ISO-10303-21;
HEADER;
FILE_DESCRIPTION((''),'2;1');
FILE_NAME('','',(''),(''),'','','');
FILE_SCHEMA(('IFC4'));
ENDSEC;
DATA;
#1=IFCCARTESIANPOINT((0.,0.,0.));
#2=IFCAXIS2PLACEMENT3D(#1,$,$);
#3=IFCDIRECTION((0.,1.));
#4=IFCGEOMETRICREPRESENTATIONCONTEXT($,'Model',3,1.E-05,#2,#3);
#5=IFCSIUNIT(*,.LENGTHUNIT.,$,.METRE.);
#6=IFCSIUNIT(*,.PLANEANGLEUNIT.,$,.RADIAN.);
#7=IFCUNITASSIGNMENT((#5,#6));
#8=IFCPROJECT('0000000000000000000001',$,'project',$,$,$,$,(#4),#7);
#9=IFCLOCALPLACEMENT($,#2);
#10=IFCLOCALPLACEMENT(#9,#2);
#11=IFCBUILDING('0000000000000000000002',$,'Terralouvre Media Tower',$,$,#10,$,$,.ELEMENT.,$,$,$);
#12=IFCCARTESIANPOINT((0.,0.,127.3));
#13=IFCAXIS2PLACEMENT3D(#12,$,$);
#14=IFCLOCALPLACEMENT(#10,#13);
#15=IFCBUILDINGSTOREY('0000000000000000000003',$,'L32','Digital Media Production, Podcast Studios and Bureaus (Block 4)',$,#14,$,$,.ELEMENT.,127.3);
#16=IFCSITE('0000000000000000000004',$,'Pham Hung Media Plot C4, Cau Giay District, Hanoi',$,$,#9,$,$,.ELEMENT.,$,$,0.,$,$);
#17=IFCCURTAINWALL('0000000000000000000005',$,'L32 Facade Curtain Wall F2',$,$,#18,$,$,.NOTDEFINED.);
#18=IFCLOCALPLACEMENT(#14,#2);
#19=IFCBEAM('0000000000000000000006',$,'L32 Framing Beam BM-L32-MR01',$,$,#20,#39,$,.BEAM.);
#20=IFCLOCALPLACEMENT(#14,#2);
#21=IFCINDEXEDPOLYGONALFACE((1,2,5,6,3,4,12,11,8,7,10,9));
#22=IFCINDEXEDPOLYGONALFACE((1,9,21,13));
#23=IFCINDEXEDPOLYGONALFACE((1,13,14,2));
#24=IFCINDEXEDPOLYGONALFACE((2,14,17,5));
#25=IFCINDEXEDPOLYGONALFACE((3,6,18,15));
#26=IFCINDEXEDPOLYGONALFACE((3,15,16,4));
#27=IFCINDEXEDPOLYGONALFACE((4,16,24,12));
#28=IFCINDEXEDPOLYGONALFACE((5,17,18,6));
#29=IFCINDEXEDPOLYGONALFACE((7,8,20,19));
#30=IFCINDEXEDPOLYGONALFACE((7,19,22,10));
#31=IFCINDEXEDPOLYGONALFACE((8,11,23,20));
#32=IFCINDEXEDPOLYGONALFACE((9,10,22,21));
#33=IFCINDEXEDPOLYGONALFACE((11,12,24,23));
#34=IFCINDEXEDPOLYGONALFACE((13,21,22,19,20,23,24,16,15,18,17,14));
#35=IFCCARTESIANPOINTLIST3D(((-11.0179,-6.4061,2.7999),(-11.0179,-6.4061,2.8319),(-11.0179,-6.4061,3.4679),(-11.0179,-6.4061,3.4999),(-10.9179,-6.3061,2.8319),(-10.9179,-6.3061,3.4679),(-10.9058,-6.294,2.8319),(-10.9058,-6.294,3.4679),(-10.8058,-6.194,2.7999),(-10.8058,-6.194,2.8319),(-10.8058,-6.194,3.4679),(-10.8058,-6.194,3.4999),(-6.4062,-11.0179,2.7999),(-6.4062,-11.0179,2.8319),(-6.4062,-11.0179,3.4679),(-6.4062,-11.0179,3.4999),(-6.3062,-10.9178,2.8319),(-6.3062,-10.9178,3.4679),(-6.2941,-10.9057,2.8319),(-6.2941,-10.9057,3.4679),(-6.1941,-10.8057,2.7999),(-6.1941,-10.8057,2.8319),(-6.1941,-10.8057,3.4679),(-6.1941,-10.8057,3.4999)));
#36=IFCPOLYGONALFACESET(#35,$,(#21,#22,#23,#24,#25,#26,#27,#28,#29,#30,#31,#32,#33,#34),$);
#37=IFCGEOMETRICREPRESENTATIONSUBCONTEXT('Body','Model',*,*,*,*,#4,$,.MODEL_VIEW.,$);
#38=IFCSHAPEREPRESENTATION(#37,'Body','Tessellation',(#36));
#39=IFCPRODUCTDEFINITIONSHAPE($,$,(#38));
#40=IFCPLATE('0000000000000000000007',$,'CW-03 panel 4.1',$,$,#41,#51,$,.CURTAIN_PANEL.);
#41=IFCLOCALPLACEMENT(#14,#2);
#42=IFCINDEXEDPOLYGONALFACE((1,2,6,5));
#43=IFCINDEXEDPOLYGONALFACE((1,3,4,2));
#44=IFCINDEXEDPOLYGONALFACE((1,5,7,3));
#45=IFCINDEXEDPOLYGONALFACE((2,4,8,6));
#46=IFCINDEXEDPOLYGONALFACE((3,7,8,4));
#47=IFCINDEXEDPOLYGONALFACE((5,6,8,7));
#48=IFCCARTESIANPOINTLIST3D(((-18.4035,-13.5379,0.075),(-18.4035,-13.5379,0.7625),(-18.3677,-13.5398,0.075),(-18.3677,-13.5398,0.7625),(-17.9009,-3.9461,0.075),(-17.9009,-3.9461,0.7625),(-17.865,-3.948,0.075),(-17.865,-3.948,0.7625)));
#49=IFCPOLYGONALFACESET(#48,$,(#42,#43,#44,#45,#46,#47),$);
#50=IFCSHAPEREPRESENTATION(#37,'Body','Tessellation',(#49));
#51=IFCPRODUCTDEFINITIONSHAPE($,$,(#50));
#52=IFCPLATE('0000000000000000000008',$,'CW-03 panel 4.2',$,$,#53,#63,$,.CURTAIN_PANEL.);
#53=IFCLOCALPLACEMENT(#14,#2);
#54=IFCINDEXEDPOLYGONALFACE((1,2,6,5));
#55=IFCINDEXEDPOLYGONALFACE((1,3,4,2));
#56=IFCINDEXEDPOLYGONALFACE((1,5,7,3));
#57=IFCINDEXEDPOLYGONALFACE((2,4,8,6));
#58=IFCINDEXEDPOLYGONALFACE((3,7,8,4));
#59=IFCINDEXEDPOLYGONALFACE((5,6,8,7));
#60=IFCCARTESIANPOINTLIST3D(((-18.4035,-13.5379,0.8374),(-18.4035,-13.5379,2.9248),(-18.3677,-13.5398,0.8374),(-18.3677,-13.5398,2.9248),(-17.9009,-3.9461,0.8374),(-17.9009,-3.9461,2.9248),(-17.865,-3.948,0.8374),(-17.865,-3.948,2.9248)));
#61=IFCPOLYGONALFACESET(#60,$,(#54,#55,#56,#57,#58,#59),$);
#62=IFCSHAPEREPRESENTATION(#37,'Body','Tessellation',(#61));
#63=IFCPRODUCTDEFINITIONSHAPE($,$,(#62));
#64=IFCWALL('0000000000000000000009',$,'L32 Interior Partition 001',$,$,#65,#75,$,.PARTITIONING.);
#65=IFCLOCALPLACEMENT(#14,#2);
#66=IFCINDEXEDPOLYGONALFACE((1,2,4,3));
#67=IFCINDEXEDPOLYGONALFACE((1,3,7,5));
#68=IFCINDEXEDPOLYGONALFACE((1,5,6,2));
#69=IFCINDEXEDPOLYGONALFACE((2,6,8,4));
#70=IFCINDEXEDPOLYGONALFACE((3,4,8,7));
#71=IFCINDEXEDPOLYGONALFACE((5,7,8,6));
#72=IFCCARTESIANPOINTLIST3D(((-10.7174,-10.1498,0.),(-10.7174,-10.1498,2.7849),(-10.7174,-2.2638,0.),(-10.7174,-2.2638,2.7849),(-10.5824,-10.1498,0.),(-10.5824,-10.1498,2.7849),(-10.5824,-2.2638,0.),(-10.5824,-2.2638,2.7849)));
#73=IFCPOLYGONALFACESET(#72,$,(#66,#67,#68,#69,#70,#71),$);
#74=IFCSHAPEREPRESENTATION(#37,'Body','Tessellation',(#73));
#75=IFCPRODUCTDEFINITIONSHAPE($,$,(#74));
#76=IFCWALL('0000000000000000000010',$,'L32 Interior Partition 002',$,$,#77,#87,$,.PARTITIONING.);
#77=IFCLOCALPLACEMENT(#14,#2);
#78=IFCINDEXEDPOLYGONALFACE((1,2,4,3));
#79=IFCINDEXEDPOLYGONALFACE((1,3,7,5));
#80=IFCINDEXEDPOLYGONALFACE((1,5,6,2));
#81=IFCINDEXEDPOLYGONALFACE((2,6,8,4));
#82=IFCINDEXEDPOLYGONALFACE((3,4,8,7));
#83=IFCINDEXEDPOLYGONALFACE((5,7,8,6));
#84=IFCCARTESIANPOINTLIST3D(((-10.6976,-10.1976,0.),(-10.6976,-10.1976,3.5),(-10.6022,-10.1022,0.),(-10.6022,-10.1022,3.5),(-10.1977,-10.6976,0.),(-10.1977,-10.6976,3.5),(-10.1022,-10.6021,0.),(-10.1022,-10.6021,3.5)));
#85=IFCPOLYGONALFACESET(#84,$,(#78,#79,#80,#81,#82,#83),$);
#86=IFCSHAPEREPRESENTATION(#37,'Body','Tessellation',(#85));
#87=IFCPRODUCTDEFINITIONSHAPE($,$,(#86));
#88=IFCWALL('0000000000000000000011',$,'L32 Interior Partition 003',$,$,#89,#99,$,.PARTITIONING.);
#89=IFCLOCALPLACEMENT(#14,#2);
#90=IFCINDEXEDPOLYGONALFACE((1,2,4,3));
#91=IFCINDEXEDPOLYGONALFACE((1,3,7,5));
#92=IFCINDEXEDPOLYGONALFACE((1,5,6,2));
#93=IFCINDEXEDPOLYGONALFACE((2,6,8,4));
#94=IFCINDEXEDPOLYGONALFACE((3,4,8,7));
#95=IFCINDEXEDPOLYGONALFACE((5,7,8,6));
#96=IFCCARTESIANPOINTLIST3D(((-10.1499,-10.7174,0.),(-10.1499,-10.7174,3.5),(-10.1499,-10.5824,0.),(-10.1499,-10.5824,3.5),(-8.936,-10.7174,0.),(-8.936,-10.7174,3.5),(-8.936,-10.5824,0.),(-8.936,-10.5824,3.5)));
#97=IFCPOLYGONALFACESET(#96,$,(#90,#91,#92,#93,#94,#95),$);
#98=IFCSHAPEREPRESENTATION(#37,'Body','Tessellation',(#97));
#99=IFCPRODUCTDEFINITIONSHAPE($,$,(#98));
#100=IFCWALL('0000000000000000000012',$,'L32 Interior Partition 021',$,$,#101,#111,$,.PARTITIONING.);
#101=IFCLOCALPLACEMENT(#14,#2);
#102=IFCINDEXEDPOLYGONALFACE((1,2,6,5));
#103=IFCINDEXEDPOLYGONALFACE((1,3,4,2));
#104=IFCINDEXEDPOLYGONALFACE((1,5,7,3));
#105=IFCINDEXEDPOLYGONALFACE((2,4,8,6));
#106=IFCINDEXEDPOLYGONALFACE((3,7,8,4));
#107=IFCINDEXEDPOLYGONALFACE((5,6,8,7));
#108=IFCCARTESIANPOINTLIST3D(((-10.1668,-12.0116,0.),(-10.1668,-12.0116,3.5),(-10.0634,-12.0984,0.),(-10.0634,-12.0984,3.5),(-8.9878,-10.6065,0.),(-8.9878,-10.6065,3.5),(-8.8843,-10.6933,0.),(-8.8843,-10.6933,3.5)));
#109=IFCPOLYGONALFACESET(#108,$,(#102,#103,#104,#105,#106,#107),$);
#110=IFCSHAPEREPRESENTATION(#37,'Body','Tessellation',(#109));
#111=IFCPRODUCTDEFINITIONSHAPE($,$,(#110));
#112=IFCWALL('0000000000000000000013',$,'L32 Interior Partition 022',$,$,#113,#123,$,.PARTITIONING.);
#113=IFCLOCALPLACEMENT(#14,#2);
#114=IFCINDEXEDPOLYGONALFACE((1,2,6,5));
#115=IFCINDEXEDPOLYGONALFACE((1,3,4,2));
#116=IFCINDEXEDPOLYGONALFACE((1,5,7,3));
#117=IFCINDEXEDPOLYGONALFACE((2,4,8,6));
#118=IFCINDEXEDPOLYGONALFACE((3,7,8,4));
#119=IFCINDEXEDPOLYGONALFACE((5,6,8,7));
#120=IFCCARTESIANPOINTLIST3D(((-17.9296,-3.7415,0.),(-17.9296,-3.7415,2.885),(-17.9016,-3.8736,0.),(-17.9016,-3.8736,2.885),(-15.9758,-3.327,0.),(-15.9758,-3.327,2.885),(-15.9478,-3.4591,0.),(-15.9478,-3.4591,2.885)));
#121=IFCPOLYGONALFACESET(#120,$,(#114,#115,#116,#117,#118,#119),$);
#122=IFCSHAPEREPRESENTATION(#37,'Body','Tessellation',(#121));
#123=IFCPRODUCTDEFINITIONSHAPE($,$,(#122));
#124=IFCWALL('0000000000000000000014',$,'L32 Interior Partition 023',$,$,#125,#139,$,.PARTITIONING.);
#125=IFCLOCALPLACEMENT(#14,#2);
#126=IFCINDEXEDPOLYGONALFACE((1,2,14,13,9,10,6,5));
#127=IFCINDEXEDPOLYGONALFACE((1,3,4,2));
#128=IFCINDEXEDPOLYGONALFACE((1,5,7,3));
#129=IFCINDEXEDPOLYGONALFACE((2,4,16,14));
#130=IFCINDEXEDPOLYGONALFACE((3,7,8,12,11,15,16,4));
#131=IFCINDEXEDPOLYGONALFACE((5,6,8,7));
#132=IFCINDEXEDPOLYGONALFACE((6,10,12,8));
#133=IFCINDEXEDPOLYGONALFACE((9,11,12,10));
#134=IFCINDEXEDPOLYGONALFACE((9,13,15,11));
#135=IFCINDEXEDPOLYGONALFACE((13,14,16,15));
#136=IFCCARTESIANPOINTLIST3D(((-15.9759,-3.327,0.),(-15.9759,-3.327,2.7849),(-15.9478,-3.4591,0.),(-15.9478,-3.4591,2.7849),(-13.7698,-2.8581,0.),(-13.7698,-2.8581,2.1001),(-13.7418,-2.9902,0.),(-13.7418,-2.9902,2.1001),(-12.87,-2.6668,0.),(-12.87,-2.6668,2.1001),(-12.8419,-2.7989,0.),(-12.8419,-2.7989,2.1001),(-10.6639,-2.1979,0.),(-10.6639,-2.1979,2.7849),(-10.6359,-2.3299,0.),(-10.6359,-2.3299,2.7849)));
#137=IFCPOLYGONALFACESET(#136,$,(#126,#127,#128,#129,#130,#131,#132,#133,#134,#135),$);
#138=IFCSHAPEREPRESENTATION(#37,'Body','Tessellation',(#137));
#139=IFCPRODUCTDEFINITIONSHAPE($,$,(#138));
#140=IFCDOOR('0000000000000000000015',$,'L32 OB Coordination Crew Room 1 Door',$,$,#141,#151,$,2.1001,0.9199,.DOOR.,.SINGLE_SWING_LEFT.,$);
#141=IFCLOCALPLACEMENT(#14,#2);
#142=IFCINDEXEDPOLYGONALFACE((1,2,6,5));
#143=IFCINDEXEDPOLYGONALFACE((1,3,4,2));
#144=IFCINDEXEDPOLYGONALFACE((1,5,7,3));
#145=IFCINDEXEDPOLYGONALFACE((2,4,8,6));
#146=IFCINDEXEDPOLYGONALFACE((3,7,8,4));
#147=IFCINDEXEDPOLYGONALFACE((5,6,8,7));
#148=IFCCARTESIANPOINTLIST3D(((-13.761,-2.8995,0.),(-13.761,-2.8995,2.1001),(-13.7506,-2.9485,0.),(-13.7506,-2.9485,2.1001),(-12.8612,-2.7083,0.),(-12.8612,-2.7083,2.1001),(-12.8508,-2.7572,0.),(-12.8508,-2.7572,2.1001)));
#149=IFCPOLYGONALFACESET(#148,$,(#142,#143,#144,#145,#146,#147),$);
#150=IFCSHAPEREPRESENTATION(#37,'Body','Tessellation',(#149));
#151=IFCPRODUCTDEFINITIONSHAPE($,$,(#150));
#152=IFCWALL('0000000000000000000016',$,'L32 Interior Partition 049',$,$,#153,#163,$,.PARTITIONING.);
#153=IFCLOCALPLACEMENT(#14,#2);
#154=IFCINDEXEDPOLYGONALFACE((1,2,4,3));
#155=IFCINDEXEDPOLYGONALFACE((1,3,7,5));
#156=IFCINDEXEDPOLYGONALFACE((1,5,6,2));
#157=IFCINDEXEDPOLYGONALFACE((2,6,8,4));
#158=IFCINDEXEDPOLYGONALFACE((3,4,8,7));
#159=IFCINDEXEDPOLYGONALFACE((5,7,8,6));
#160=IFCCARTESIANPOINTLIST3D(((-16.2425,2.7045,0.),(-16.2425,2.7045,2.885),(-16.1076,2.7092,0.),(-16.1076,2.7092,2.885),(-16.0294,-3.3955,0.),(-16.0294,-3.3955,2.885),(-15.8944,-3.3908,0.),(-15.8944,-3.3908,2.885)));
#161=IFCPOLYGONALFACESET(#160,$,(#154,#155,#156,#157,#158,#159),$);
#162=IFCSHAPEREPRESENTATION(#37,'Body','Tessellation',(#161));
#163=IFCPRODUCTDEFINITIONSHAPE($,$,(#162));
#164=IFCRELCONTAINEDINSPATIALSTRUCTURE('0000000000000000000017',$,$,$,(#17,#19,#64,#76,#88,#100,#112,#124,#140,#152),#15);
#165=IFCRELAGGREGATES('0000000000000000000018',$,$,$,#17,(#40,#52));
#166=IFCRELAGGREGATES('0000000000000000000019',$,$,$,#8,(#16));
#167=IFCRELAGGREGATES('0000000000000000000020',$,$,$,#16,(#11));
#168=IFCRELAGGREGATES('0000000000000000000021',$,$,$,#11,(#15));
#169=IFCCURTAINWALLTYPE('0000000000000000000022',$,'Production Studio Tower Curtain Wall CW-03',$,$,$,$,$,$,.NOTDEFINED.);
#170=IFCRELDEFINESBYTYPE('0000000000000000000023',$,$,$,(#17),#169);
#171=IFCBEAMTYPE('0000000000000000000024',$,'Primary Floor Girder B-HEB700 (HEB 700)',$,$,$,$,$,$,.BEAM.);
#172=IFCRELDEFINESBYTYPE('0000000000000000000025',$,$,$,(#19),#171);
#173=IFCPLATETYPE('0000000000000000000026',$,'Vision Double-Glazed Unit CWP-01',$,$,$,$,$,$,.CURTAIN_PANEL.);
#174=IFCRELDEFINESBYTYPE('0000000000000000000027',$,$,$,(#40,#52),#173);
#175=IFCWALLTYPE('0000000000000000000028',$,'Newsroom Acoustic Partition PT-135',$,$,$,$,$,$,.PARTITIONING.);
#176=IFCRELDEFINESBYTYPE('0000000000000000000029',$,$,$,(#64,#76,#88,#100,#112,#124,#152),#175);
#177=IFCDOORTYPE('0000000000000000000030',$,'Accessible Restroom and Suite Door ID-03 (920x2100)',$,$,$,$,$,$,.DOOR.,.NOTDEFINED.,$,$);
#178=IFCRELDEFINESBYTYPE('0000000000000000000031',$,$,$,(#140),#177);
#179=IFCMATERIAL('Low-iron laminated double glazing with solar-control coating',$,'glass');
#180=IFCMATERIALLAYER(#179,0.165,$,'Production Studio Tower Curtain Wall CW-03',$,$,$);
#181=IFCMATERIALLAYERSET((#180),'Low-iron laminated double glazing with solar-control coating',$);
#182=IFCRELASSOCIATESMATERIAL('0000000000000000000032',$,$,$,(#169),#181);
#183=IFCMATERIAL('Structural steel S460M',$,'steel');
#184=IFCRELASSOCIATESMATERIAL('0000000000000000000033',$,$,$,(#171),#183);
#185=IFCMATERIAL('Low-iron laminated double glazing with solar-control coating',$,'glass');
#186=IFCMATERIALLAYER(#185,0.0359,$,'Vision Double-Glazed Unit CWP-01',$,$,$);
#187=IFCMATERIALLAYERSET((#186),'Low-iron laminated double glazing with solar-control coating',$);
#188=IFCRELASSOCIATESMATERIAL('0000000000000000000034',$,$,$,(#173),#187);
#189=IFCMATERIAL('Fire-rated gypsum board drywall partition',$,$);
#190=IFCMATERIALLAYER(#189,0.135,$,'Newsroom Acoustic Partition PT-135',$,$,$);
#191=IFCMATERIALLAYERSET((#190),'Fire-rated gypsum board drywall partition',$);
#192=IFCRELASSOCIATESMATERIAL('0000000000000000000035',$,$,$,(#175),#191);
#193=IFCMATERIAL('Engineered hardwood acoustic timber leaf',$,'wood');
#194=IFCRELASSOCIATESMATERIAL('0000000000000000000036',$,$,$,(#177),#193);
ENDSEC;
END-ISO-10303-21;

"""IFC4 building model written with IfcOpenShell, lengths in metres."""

from ifc_helpers import new_model, si_unit, direction, frame, frame_2d, origin, origin_2d, place, context, subcontext, project, spatial, rectangle, i_section, extrude, material, layer, layer_set, material_profile, profile_set, type_object, element, fill, aggregate, save


model = new_model("IFC4")

# Units and contexts
model_context = context("Model", 3, precision=1e-05, world=origin(), true_north=direction((0.0, 1.0)))
body_context = subcontext(model_context, "Body", "Model", "MODEL_VIEW")
ifc_project = project(units=[si_unit("LENGTHUNIT", "METRE"), si_unit("PLANEANGLEUNIT", "RADIAN")], contexts=[model_context])

# Site, building, storey
site_placement = place(None, origin())
site = spatial("IfcSite", under=ifc_project, at=site_placement, Name="Pham Hung Media Plot C4, Cau Giay District, Hanoi", CompositionType="ELEMENT", RefElevation=0.0)
building_placement = place(site_placement, origin())
building = spatial("IfcBuilding", under=site, at=building_placement, Name="Terralouvre Media Tower", CompositionType="ELEMENT")
storey_placement = place(building_placement, frame((0.0, 0.0, 127.3)))
storey = spatial("IfcBuildingStorey", under=building, at=storey_placement, Name="L32", Description="Digital Media Production, Podcast Studios and Bureaus (Block 4)", CompositionType="ELEMENT", Elevation=127.3)

# Curtain wall
ifc_material_1 = material(Name="Low-iron laminated double glazing with solar-control coating", Category="glass")
ifc_layer_1 = layer(ifc_material_1, 0.165, Name="Production Studio Tower Curtain Wall CW-03")
ifc_layer_set_1 = layer_set([ifc_layer_1], Name="Low-iron laminated double glazing with solar-control coating")
curtain_wall_type = type_object("IfcCurtainWallType", Name="Production Studio Tower Curtain Wall CW-03", PredefinedType="NOTDEFINED", material=ifc_layer_set_1)
curtain_wall_placement = place(storey_placement, origin())
curtain_wall = element("IfcCurtainWall", 1, at=curtain_wall_placement, inside=storey, type_object=curtain_wall_type, Name="L32 Facade Curtain Wall F2", PredefinedType="NOTDEFINED")

# Beam
ifc_material_2 = material(Name="Structural steel S460M", Category="steel")
ifc_material_profile_1 = material_profile(ifc_material_2, i_section(OverallWidth=0.3, OverallDepth=0.7, WebThickness=0.0171, FlangeThickness=0.032, at=origin_2d()), Name="HEB 700")
ifc_profile_set_1 = profile_set([ifc_material_profile_1], Name="Structural steel S460M")
beam_type_1 = type_object("IfcBeamType", Name="Primary Floor Girder B-HEB700 (HEB 700)", PredefinedType="BEAM", material=ifc_profile_set_1)
beam_1_placement = place(storey_placement, frame((-10.9119, -6.3, 3.1499), z_axis=(0.707107, -0.707107, 0.0), x_axis=(0.707107, 0.707107, 0.0)))
element("IfcBeam", 2, at=beam_1_placement, inside=storey, type_object=beam_type_1, Name="L32 Framing Beam BM-L32-MR01", PredefinedType="BEAM", context=body_context, shape_type="SweptSolid", body=[
    extrude(i_section(OverallWidth=0.3, OverallDepth=0.7, WebThickness=0.0171, FlangeThickness=0.032, at=origin_2d()), origin(), (0.0, 0.0, 1.0), 6.522),
])

# Plates
ifc_material_3 = material(Name="Low-iron laminated double glazing with solar-control coating", Category="glass")
ifc_layer_2 = layer(ifc_material_3, 0.0359, Name="Vision Double-Glazed Unit CWP-01")
ifc_layer_set_2 = layer_set([ifc_layer_2], Name="Low-iron laminated double glazing with solar-control coating")
plate_type = type_object("IfcPlateType", Name="Vision Double-Glazed Unit CWP-01", PredefinedType="CURTAIN_PANEL", material=ifc_layer_set_2)
plate_1_placement = place(storey_placement, frame((-18.1343, -8.7429, 0.075), z_axis=(0.0, 0.0, 1.0), x_axis=(-0.052336, -0.99863, 0.0)))
plate_1 = element("IfcPlate", 3, at=plate_1_placement, type_object=plate_type, Name="CW-03 panel 4.1", PredefinedType="CURTAIN_PANEL", context=body_context, shape_type="SweptSolid", body=[
    extrude(rectangle(XDim=9.605, YDim=0.0359, at=origin_2d()), origin(), (0.0, 0.0, 1.0), 0.6875),
])
plate_2_placement = place(storey_placement, frame((-18.1343, -8.7429, 0.8374), z_axis=(0.0, 0.0, 1.0), x_axis=(-0.052336, -0.99863, 0.0)))
plate_2 = element("IfcPlate", 4, at=plate_2_placement, type_object=plate_type, Name="CW-03 panel 4.2", PredefinedType="CURTAIN_PANEL", context=body_context, shape_type="SweptSolid", body=[
    extrude(rectangle(XDim=9.605, YDim=0.0359, at=origin_2d()), origin(), (0.0, 0.0, 1.0), 2.0874),
])
aggregate(curtain_wall, [plate_1, plate_2])

# Walls
ifc_material_4 = material(Name="Fire-rated gypsum board drywall partition")
ifc_layer_3 = layer(ifc_material_4, 0.135, Name="Newsroom Acoustic Partition PT-135")
ifc_layer_set_3 = layer_set([ifc_layer_3], Name="Fire-rated gypsum board drywall partition")
wall_type_1 = type_object("IfcWallType", Name="Newsroom Acoustic Partition PT-135", PredefinedType="PARTITIONING", material=ifc_layer_set_3)
wall_1_placement = place(storey_placement, frame((-10.6499, -2.2639, 0.0), z_axis=(0.0, 0.0, 1.0), x_axis=(0.0, -1.0, 0.0)))
element("IfcWall", 5, at=wall_1_placement, inside=storey, type_object=wall_type_1, Name="L32 Interior Partition 001", PredefinedType="PARTITIONING", context=body_context, shape_type="SweptSolid", body=[
    extrude(rectangle(XDim=7.886, YDim=0.135, at=frame_2d((3.9429, 0.0))), origin(), (0.0, 0.0, 1.0), 2.7849),
])
wall_2_placement = place(storey_placement, frame((-10.6499, -10.1499, 0.0), z_axis=(0.0, 0.0, 1.0), x_axis=(0.707107, -0.707107, 0.0)))
element("IfcWall", 6, at=wall_2_placement, inside=storey, type_object=wall_type_1, Name="L32 Interior Partition 002", PredefinedType="PARTITIONING", context=body_context, shape_type="SweptSolid", body=[
    extrude(rectangle(XDim=0.707, YDim=0.135, at=frame_2d((0.3535, 0.0))), origin(), (0.0, 0.0, 1.0), 3.5),
])
wall_3_placement = place(storey_placement, frame((-10.1499, -10.6499, 0.0), z_axis=(0.0, 0.0, 1.0), x_axis=(1.0, 0.0, 0.0)))
element("IfcWall", 7, at=wall_3_placement, inside=storey, type_object=wall_type_1, Name="L32 Interior Partition 003", PredefinedType="PARTITIONING", context=body_context, shape_type="SweptSolid", body=[
    extrude(rectangle(XDim=1.2139, YDim=0.135, at=frame_2d((0.6069, 0.0))), origin(), (0.0, 0.0, 1.0), 3.5),
])
wall_4_placement = place(storey_placement, frame((-10.115, -12.0549, 0.0), z_axis=(0.0, 0.0, 1.0), x_axis=(0.642786, 0.766046, 0.0)))
element("IfcWall", 8, at=wall_4_placement, inside=storey, type_object=wall_type_1, Name="L32 Interior Partition 021", PredefinedType="PARTITIONING", context=body_context, shape_type="SweptSolid", body=[
    extrude(rectangle(XDim=1.8342, YDim=0.135, at=frame_2d((0.917, 0.0))), origin(), (0.0, 0.0, 1.0), 3.5),
])
wall_5_placement = place(storey_placement, frame((-15.9619, -3.3931, 0.0), z_axis=(0.0, 0.0, 1.0), x_axis=(-0.978224, -0.20755, 0.0)))
element("IfcWall", 9, at=wall_5_placement, inside=storey, type_object=wall_type_1, Name="L32 Interior Partition 022", PredefinedType="PARTITIONING", context=body_context, shape_type="SweptSolid", body=[
    extrude(rectangle(XDim=1.9973, YDim=0.135, at=frame_2d((0.9985, 0.0))), origin(), (0.0, 0.0, 1.0), 2.885),
])

# Wall, opening, door
wall_6_placement = place(storey_placement, frame((-10.6499, -2.2639, 0.0), z_axis=(0.0, 0.0, 1.0), x_axis=(-0.978146, -0.20792, 0.0)))
wall_6 = element("IfcWall", 10, at=wall_6_placement, inside=storey, type_object=wall_type_1, Name="L32 Interior Partition 023", PredefinedType="PARTITIONING", context=body_context, shape_type="SweptSolid", body=[
    extrude(rectangle(XDim=5.4307, YDim=0.135, at=frame_2d((2.7153, 0.0))), origin(), (0.0, 0.0, 1.0), 2.7849),
])
opening_1_placement = place(wall_6_placement, frame((2.2554, 0.0, 0.0)))
opening_1 = element("IfcOpeningElement", 11, at=opening_1_placement, cuts=wall_6, PredefinedType="OPENING", context=body_context, shape_type="SweptSolid", body=[
    extrude(rectangle(XDim=0.9199, YDim=2.1001, at=frame_2d((0.46, 1.05))), frame((0.0, 0.0774, 0.0), z_axis=(0.0, -1.0, 0.0), x_axis=(1.0, 0.0, 0.0)), (0.0, 0.0, 1.0), 0.155),
])
ifc_material_5 = material(Name="Engineered hardwood acoustic timber leaf", Category="wood")
door_type_1 = type_object("IfcDoorType", Name="Accessible Restroom and Suite Door ID-03 (920x2100)", OperationType="NOTDEFINED", PredefinedType="DOOR", material=ifc_material_5)
door_1_placement = place(opening_1_placement, origin())
door_1 = element("IfcDoor", 12, at=door_1_placement, inside=storey, type_object=door_type_1, Name="L32 OB Coordination Crew Room 1 Door", OperationType="SINGLE_SWING_LEFT", OverallHeight=2.1001, OverallWidth=0.9199, PredefinedType="DOOR", context=body_context, shape_type="SweptSolid", body=[
    extrude(rectangle(XDim=0.9199, YDim=2.1001, at=frame_2d((0.46, 1.05))), frame((0.0, 0.0249, 0.0), z_axis=(0.0, -1.0, 0.0), x_axis=(1.0, 0.0, 0.0)), (0.0, 0.0, 1.0), 0.05),
])
fill(opening_1, door_1)

# Wall
wall_7_placement = place(storey_placement, frame((-15.9619, -3.3931, 0.0), z_axis=(0.0, 0.0, 1.0), x_axis=(-0.034918, 0.99939, 0.0)))
element("IfcWall", 13, at=wall_7_placement, inside=storey, type_object=wall_type_1, Name="L32 Interior Partition 049", PredefinedType="PARTITIONING", context=body_context, shape_type="SweptSolid", body=[
    extrude(rectangle(XDim=6.1038, YDim=0.135, at=frame_2d((3.0518, 0.0))), origin(), (0.0, 0.0, 1.0), 2.885),
])

save(model, "model.ifc")
